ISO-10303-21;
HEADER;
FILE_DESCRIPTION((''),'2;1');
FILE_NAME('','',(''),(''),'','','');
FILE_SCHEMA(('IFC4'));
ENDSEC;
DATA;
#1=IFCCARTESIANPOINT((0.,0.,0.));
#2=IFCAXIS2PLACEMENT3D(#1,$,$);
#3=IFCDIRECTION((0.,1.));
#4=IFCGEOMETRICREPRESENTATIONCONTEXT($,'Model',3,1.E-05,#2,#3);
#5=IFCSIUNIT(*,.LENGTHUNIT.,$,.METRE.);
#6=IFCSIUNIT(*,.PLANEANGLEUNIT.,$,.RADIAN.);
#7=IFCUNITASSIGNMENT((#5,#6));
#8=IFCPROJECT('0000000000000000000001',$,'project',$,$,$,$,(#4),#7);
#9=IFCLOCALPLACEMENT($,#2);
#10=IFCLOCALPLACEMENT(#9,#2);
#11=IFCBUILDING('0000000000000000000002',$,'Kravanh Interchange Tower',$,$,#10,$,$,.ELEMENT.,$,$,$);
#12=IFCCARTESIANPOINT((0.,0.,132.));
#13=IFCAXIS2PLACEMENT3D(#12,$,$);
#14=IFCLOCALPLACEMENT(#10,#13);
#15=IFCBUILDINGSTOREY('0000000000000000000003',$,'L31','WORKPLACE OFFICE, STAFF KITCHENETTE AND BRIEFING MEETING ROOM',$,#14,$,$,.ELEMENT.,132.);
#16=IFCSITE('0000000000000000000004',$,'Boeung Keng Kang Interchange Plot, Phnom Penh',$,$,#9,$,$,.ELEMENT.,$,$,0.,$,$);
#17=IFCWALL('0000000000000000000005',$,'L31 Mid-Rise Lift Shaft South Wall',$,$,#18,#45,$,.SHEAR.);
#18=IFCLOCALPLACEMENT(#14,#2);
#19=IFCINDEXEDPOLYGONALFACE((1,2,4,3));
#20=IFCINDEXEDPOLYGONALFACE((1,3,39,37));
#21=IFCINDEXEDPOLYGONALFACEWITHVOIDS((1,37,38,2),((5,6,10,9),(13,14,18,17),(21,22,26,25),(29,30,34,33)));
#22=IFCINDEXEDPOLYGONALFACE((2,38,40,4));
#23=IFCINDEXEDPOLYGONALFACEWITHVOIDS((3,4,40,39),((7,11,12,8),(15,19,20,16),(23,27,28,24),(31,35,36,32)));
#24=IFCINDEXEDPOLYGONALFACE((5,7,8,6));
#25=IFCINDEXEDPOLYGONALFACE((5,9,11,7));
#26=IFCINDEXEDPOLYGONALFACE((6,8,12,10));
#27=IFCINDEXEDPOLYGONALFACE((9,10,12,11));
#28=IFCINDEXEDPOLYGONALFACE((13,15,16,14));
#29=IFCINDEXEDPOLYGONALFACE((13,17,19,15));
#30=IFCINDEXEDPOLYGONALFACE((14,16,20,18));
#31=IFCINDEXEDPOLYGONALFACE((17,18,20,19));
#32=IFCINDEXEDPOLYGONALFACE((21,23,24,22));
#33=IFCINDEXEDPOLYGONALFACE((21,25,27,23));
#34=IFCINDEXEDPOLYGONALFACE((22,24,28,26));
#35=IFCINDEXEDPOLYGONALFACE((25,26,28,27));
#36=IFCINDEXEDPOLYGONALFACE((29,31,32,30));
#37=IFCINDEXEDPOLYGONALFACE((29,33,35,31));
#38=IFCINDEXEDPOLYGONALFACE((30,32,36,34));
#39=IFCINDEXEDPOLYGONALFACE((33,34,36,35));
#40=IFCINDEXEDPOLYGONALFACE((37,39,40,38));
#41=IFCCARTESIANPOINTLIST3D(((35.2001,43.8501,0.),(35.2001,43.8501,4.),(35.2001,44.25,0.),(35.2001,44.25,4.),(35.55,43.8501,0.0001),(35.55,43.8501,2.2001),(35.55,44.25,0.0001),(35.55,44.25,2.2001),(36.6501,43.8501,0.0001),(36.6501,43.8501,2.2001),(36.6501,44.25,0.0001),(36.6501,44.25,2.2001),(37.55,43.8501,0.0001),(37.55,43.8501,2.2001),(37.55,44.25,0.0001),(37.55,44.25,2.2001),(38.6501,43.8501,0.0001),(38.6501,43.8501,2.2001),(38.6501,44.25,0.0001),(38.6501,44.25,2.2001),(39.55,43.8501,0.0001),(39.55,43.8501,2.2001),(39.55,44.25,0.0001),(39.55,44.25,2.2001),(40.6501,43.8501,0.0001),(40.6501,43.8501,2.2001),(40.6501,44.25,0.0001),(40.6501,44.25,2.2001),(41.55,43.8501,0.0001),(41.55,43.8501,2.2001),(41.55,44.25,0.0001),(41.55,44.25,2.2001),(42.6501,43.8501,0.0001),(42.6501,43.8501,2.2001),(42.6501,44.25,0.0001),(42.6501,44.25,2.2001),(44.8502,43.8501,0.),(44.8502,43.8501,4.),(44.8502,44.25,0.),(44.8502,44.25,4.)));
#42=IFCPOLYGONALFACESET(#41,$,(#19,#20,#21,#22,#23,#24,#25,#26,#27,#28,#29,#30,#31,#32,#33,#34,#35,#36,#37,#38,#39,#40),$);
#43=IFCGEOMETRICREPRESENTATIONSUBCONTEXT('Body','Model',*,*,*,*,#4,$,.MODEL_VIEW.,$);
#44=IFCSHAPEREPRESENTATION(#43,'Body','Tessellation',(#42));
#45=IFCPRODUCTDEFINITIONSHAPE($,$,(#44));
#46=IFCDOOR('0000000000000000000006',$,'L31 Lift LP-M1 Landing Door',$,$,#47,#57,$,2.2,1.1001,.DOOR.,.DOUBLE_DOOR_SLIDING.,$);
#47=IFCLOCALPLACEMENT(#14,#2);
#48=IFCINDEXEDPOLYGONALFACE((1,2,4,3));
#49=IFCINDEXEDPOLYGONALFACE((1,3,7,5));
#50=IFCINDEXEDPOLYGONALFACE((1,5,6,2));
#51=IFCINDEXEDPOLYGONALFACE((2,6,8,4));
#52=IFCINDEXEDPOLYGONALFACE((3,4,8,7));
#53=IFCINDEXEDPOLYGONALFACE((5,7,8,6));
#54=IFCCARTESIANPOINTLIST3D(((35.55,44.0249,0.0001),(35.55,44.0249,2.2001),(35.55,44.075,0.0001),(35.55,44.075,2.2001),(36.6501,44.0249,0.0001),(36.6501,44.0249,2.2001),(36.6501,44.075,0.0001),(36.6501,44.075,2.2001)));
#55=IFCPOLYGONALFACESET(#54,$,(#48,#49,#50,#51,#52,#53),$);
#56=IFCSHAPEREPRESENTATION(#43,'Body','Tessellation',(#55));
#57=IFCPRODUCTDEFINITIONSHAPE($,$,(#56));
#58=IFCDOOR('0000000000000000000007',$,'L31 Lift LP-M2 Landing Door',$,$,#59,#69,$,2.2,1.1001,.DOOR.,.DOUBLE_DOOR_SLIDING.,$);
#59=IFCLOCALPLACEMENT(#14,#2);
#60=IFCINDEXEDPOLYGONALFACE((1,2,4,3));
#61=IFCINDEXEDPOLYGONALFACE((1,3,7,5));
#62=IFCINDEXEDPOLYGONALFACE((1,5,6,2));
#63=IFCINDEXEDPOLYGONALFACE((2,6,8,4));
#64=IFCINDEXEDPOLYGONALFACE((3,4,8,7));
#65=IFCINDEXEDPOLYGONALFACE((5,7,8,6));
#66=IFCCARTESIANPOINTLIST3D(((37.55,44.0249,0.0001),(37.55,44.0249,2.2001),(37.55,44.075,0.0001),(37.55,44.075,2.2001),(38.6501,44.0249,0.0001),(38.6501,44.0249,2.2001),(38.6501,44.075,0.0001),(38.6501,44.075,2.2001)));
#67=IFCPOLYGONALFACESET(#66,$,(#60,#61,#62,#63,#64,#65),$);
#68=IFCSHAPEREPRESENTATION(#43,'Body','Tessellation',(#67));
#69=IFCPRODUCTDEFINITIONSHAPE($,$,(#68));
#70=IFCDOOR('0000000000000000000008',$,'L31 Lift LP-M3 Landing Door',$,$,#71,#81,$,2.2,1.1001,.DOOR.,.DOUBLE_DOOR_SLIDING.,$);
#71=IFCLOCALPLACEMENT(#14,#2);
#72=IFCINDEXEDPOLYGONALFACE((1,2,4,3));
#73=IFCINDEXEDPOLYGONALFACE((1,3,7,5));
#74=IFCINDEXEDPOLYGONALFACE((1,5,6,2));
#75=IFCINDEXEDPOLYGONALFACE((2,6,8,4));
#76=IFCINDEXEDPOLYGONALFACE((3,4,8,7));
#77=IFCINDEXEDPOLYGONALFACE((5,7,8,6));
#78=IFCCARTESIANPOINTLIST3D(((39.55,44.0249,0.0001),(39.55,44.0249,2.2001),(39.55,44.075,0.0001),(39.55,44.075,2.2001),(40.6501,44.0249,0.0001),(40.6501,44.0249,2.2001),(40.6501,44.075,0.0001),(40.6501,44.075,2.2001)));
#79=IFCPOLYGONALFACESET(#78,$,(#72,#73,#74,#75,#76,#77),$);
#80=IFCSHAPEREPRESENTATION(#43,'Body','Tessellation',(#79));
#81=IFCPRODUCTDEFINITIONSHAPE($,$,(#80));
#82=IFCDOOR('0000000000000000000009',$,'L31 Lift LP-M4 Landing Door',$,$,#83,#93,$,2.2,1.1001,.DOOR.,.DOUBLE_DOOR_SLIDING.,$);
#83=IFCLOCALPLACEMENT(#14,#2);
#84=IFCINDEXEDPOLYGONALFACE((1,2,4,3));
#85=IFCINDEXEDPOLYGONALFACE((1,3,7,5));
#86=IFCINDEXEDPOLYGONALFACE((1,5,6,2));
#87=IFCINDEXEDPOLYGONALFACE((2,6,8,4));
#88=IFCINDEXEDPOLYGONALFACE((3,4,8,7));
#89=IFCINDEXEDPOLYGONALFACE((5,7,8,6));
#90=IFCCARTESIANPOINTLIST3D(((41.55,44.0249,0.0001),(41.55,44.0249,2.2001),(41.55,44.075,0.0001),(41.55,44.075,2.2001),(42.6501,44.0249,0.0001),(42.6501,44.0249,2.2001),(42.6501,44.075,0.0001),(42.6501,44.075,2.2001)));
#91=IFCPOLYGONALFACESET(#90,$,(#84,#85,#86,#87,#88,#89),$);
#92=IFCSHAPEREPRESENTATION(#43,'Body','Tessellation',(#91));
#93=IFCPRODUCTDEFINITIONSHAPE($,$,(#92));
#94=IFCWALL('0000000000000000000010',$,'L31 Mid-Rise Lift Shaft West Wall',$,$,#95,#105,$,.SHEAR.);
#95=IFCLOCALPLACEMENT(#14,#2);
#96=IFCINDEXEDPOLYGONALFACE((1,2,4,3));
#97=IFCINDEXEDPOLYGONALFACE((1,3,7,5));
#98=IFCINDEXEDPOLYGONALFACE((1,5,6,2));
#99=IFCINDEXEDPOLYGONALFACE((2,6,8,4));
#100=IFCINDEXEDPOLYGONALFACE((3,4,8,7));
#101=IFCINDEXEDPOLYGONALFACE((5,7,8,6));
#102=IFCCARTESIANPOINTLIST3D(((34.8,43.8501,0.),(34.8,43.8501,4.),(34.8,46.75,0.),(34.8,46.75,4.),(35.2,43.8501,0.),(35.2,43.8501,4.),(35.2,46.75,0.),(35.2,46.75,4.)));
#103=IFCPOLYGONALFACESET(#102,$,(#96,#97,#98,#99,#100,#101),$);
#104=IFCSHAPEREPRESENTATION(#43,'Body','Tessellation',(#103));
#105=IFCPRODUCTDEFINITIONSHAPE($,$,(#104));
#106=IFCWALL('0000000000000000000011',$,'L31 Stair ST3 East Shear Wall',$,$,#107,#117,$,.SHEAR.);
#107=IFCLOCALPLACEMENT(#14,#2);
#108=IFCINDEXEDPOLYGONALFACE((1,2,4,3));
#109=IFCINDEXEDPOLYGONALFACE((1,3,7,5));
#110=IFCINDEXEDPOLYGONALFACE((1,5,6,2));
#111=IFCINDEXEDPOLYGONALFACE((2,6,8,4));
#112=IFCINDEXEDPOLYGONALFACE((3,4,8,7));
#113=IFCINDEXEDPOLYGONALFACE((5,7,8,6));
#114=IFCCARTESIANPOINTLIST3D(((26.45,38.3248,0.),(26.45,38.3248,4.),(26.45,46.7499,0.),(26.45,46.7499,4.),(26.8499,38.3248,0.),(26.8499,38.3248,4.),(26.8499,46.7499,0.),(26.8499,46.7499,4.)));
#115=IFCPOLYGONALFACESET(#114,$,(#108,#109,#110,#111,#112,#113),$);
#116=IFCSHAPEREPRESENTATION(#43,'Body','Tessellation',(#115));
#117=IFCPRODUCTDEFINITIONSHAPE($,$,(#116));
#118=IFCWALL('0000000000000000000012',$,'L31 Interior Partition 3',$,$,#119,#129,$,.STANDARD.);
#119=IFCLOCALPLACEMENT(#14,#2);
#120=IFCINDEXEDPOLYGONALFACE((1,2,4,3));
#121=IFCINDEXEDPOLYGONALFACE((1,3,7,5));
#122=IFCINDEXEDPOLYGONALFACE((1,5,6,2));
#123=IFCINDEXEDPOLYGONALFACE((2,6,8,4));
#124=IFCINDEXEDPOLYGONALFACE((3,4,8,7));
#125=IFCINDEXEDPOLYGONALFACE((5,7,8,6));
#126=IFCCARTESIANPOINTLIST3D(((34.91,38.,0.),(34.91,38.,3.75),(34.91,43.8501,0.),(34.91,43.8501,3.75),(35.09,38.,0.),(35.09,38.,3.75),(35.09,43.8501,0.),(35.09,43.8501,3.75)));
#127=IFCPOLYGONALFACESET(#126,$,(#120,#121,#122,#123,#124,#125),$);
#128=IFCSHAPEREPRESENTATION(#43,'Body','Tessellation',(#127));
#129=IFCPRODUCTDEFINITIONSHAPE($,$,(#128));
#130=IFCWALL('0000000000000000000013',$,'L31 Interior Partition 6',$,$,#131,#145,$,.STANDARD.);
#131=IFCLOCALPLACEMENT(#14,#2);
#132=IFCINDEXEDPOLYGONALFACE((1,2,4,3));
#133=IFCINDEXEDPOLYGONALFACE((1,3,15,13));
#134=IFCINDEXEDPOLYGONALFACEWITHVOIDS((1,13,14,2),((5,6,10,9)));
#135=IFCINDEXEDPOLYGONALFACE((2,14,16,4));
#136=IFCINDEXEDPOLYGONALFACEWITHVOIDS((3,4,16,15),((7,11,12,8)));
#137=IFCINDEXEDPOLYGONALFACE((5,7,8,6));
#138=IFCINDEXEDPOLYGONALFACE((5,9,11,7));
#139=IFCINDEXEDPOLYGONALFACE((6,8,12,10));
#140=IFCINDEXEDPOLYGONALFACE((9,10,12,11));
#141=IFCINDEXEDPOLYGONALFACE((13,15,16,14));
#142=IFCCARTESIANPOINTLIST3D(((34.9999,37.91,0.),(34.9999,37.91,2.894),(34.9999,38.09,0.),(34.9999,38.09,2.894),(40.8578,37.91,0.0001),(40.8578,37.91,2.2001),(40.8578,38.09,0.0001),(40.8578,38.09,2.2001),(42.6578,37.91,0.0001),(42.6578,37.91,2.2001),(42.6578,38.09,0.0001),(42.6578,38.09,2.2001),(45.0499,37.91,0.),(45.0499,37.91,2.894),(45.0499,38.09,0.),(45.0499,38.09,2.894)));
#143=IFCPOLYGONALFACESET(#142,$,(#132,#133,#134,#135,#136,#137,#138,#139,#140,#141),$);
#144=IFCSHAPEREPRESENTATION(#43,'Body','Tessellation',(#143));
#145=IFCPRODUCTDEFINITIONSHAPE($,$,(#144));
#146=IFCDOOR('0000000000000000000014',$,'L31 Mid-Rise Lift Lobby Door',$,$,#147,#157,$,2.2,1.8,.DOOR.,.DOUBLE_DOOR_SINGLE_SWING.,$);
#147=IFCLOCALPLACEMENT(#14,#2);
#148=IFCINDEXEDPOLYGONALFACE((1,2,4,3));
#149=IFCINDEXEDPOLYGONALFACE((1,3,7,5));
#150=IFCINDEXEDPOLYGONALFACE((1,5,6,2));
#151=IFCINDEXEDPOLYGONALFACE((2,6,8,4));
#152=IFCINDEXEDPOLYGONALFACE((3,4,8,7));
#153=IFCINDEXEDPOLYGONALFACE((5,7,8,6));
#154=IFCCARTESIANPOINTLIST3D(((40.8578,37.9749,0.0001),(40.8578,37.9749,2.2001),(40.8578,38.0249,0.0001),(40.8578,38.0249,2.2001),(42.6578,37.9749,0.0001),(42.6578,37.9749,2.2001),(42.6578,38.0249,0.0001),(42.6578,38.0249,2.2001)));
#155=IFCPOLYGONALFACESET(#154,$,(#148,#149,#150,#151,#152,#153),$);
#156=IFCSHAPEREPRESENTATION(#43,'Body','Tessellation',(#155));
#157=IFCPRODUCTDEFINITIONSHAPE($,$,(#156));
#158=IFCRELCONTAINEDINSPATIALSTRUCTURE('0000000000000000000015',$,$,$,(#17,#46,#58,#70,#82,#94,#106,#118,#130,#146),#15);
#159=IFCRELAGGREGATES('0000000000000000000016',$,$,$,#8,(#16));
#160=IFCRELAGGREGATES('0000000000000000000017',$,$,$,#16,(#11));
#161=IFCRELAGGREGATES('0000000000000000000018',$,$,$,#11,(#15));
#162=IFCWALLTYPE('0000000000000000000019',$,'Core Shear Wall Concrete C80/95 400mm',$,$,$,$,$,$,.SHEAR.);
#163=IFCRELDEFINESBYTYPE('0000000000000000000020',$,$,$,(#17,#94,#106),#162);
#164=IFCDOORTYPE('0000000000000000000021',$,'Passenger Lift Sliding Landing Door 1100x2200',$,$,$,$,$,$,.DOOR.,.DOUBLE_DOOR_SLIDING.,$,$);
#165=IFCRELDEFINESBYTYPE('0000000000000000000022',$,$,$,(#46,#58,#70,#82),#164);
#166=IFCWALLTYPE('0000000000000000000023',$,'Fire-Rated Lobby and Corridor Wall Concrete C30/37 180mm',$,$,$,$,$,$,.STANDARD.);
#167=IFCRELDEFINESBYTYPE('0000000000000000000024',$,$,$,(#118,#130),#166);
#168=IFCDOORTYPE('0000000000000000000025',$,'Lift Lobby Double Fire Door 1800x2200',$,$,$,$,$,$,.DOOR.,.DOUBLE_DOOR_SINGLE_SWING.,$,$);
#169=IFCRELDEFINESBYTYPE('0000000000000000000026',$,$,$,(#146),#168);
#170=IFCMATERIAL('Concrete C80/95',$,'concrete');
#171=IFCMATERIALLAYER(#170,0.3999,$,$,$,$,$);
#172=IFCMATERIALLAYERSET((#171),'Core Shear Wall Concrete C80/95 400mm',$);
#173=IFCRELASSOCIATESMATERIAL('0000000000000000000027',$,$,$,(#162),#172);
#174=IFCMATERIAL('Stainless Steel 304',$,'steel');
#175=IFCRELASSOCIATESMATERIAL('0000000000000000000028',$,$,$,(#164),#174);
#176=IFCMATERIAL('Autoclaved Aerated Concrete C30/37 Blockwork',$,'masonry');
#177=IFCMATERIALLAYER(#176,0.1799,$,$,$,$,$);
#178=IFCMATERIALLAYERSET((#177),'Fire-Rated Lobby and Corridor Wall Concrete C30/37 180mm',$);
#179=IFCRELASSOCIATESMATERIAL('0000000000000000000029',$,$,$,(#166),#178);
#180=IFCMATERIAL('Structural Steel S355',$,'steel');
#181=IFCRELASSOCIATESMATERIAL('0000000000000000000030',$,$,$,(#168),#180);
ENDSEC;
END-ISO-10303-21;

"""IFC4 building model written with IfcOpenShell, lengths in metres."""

from ifc_helpers import new_model, si_unit, direction, frame, frame_2d, origin, place, context, subcontext, project, spatial, rectangle, extrude, material, layer, layer_set, type_object, element, fill, save


model = new_model("IFC4")

# Units and contexts
model_context = context("Model", 3, precision=1e-05, world=origin(), true_north=direction((0.0, 1.0)))
body_context = subcontext(model_context, "Body", "Model", "MODEL_VIEW")
ifc_project = project(units=[si_unit("LENGTHUNIT", "METRE"), si_unit("PLANEANGLEUNIT", "RADIAN")], contexts=[model_context])

# Site, building, storey
site_placement = place(None, origin())
site = spatial("IfcSite", under=ifc_project, at=site_placement, Name="Boeung Keng Kang Interchange Plot, Phnom Penh", CompositionType="ELEMENT", RefElevation=0.0)
building_placement = place(site_placement, origin())
building = spatial("IfcBuilding", under=site, at=building_placement, Name="Kravanh Interchange Tower", CompositionType="ELEMENT")
storey_placement = place(building_placement, frame((0.0, 0.0, 132.0)))
storey = spatial("IfcBuildingStorey", under=building, at=storey_placement, Name="L31", Description="WORKPLACE OFFICE, STAFF KITCHENETTE AND BRIEFING MEETING ROOM", CompositionType="ELEMENT", Elevation=132.0)

# Wall, openings, doors
ifc_material_1 = material(Name="Concrete C80/95", Category="concrete")
ifc_layer_1 = layer(ifc_material_1, 0.3999)
ifc_layer_set_1 = layer_set([ifc_layer_1], Name="Core Shear Wall Concrete C80/95 400mm")
wall_type_1 = type_object("IfcWallType", Name="Core Shear Wall Concrete C80/95 400mm", PredefinedType="SHEAR", material=ifc_layer_set_1)
wall_1_placement = place(storey_placement, frame((35.2, 44.05, 0.0), z_axis=(0.0, 0.0, 1.0), x_axis=(1.0, 0.0, 0.0)))
wall_1 = element("IfcWall", 1, at=wall_1_placement, inside=storey, type_object=wall_type_1, Name="L31 Mid-Rise Lift Shaft South Wall", PredefinedType="SHEAR", context=body_context, shape_type="SweptSolid", body=[
    extrude(rectangle(XDim=9.6501, YDim=0.3999, at=frame_2d((4.8252, 0.0))), origin(), (0.0, 0.0, 1.0), 4.0),
])
opening_1_placement = place(wall_1_placement, frame((0.3501, 0.0, 0.0)))
opening_1 = element("IfcOpeningElement", 2, at=opening_1_placement, cuts=wall_1, PredefinedType="OPENING", context=body_context, shape_type="SweptSolid", body=[
    extrude(rectangle(XDim=1.1001, YDim=2.2, at=frame_2d((0.55, 1.1001))), frame((0.0, 0.21, 0.0), z_axis=(0.0, -1.0, 0.0), x_axis=(1.0, 0.0, 0.0)), (0.0, 0.0, 1.0), 0.4199),
])
opening_2_placement = place(wall_1_placement, frame((2.3501, 0.0, 0.0)))
opening_2 = element("IfcOpeningElement", 3, at=opening_2_placement, cuts=wall_1, PredefinedType="OPENING", context=body_context, shape_type="SweptSolid", body=[
    extrude(rectangle(XDim=1.1001, YDim=2.2, at=frame_2d((0.55, 1.1001))), frame((0.0, 0.21, 0.0), z_axis=(0.0, -1.0, 0.0), x_axis=(1.0, 0.0, 0.0)), (0.0, 0.0, 1.0), 0.4199),
])
opening_3_placement = place(wall_1_placement, frame((4.3501, 0.0, 0.0)))
opening_3 = element("IfcOpeningElement", 4, at=opening_3_placement, cuts=wall_1, PredefinedType="OPENING", context=body_context, shape_type="SweptSolid", body=[
    extrude(rectangle(XDim=1.1001, YDim=2.2, at=frame_2d((0.55, 1.1001))), frame((0.0, 0.21, 0.0), z_axis=(0.0, -1.0, 0.0), x_axis=(1.0, 0.0, 0.0)), (0.0, 0.0, 1.0), 0.4199),
])
opening_4_placement = place(wall_1_placement, frame((6.3501, 0.0, 0.0)))
opening_4 = element("IfcOpeningElement", 5, at=opening_4_placement, cuts=wall_1, PredefinedType="OPENING", context=body_context, shape_type="SweptSolid", body=[
    extrude(rectangle(XDim=1.1001, YDim=2.2, at=frame_2d((0.55, 1.1001))), frame((0.0, 0.21, 0.0), z_axis=(0.0, -1.0, 0.0), x_axis=(1.0, 0.0, 0.0)), (0.0, 0.0, 1.0), 0.4199),
])
ifc_material_2 = material(Name="Stainless Steel 304", Category="steel")
door_type_1 = type_object("IfcDoorType", Name="Passenger Lift Sliding Landing Door 1100x2200", OperationType="DOUBLE_DOOR_SLIDING", PredefinedType="DOOR", material=ifc_material_2)
door_1_placement = place(opening_1_placement, origin())
door_1 = element("IfcDoor", 6, at=door_1_placement, inside=storey, type_object=door_type_1, Name="L31 Lift LP-M1 Landing Door", OperationType="DOUBLE_DOOR_SLIDING", OverallHeight=2.2, OverallWidth=1.1001, PredefinedType="DOOR", context=body_context, shape_type="SweptSolid", body=[
    extrude(rectangle(XDim=1.1001, YDim=2.2, at=frame_2d((0.55, 1.1001))), frame((0.0, 0.0249, 0.0), z_axis=(0.0, -1.0, 0.0), x_axis=(1.0, 0.0, 0.0)), (0.0, 0.0, 1.0), 0.05),
])
fill(opening_1, door_1)
door_2_placement = place(opening_2_placement, origin())
door_2 = element("IfcDoor", 7, at=door_2_placement, inside=storey, type_object=door_type_1, Name="L31 Lift LP-M2 Landing Door", OperationType="DOUBLE_DOOR_SLIDING", OverallHeight=2.2, OverallWidth=1.1001, PredefinedType="DOOR", context=body_context, shape_type="SweptSolid", body=[
    extrude(rectangle(XDim=1.1001, YDim=2.2, at=frame_2d((0.55, 1.1001))), frame((0.0, 0.0249, 0.0), z_axis=(0.0, -1.0, 0.0), x_axis=(1.0, 0.0, 0.0)), (0.0, 0.0, 1.0), 0.05),
])
fill(opening_2, door_2)
door_3_placement = place(opening_3_placement, origin())
door_3 = element("IfcDoor", 8, at=door_3_placement, inside=storey, type_object=door_type_1, Name="L31 Lift LP-M3 Landing Door", OperationType="DOUBLE_DOOR_SLIDING", OverallHeight=2.2, OverallWidth=1.1001, PredefinedType="DOOR", context=body_context, shape_type="SweptSolid", body=[
    extrude(rectangle(XDim=1.1001, YDim=2.2, at=frame_2d((0.55, 1.1001))), frame((0.0, 0.0249, 0.0), z_axis=(0.0, -1.0, 0.0), x_axis=(1.0, 0.0, 0.0)), (0.0, 0.0, 1.0), 0.05),
])
fill(opening_3, door_3)
door_4_placement = place(opening_4_placement, origin())
door_4 = element("IfcDoor", 9, at=door_4_placement, inside=storey, type_object=door_type_1, Name="L31 Lift LP-M4 Landing Door", OperationType="DOUBLE_DOOR_SLIDING", OverallHeight=2.2, OverallWidth=1.1001, PredefinedType="DOOR", context=body_context, shape_type="SweptSolid", body=[
    extrude(rectangle(XDim=1.1001, YDim=2.2, at=frame_2d((0.55, 1.1001))), frame((0.0, 0.0249, 0.0), z_axis=(0.0, -1.0, 0.0), x_axis=(1.0, 0.0, 0.0)), (0.0, 0.0, 1.0), 0.05),
])
fill(opening_4, door_4)

# Walls
wall_2_placement = place(storey_placement, frame((35.0, 43.8501, 0.0), z_axis=(0.0, 0.0, 1.0), x_axis=(0.0, 1.0, 0.0)))
element("IfcWall", 10, at=wall_2_placement, inside=storey, type_object=wall_type_1, Name="L31 Mid-Rise Lift Shaft West Wall", PredefinedType="SHEAR", context=body_context, shape_type="SweptSolid", body=[
    extrude(rectangle(XDim=2.8999, YDim=0.3999, at=frame_2d((1.45, 0.0))), origin(), (0.0, 0.0, 1.0), 4.0),
])
wall_3_placement = place(storey_placement, frame((26.6499, 38.325, 0.0), z_axis=(0.0, 0.0, 1.0), x_axis=(0.0, 1.0, 0.0)))
element("IfcWall", 11, at=wall_3_placement, inside=storey, type_object=wall_type_1, Name="L31 Stair ST3 East Shear Wall", PredefinedType="SHEAR", context=body_context, shape_type="SweptSolid", body=[
    extrude(rectangle(XDim=8.425, YDim=0.3999, at=frame_2d((4.2124, 0.0))), origin(), (0.0, 0.0, 1.0), 4.0),
])
ifc_material_3 = material(Name="Autoclaved Aerated Concrete C30/37 Blockwork", Category="masonry")
ifc_layer_2 = layer(ifc_material_3, 0.1799)
ifc_layer_set_2 = layer_set([ifc_layer_2], Name="Fire-Rated Lobby and Corridor Wall Concrete C30/37 180mm")
wall_type_2 = type_object("IfcWallType", Name="Fire-Rated Lobby and Corridor Wall Concrete C30/37 180mm", PredefinedType="STANDARD", material=ifc_layer_set_2)
wall_4_placement = place(storey_placement, frame((35.0, 38.0, 0.0), z_axis=(0.0, 0.0, 1.0), x_axis=(0.0, 1.0, 0.0)))
element("IfcWall", 12, at=wall_4_placement, inside=storey, type_object=wall_type_2, Name="L31 Interior Partition 3", PredefinedType="STANDARD", context=body_context, shape_type="SweptSolid", body=[
    extrude(rectangle(XDim=5.8501, YDim=0.1799, at=frame_2d((2.925, 0.0))), origin(), (0.0, 0.0, 1.0), 3.75),
])

# Wall, opening, door
wall_5_placement = place(storey_placement, frame((35.0, 38.0, 0.0), z_axis=(0.0, 0.0, 1.0), x_axis=(1.0, 0.0, 0.0)))
wall_5 = element("IfcWall", 13, at=wall_5_placement, inside=storey, type_object=wall_type_2, Name="L31 Interior Partition 6", PredefinedType="STANDARD", context=body_context, shape_type="SweptSolid", body=[
    extrude(rectangle(XDim=10.05, YDim=0.1799, at=frame_2d((5.0249, 0.0))), origin(), (0.0, 0.0, 1.0), 2.894),
])
opening_5_placement = place(wall_5_placement, frame((5.8579, 0.0, 0.0)))
opening_5 = element("IfcOpeningElement", 14, at=opening_5_placement, cuts=wall_5, PredefinedType="OPENING", context=body_context, shape_type="SweptSolid", body=[
    extrude(rectangle(XDim=1.8, YDim=2.2, at=frame_2d((0.8999, 1.1001))), frame((0.0, 0.1001, 0.0), z_axis=(0.0, -1.0, 0.0), x_axis=(1.0, 0.0, 0.0)), (0.0, 0.0, 1.0), 0.2),
])
ifc_material_4 = material(Name="Structural Steel S355", Category="steel")
door_type_2 = type_object("IfcDoorType", Name="Lift Lobby Double Fire Door 1800x2200", OperationType="DOUBLE_DOOR_SINGLE_SWING", PredefinedType="DOOR", material=ifc_material_4)
door_5_placement = place(opening_5_placement, origin())
door_5 = element("IfcDoor", 15, at=door_5_placement, inside=storey, type_object=door_type_2, Name="L31 Mid-Rise Lift Lobby Door", OperationType="DOUBLE_DOOR_SINGLE_SWING", OverallHeight=2.2, OverallWidth=1.8, PredefinedType="DOOR", context=body_context, shape_type="SweptSolid", body=[
    extrude(rectangle(XDim=1.8, YDim=2.2, at=frame_2d((0.8999, 1.1001))), frame((0.0, 0.0249, 0.0), z_axis=(0.0, -1.0, 0.0), x_axis=(1.0, 0.0, 0.0)), (0.0, 0.0, 1.0), 0.05),
])
fill(opening_5, door_5)

save(model, "model.ifc")
